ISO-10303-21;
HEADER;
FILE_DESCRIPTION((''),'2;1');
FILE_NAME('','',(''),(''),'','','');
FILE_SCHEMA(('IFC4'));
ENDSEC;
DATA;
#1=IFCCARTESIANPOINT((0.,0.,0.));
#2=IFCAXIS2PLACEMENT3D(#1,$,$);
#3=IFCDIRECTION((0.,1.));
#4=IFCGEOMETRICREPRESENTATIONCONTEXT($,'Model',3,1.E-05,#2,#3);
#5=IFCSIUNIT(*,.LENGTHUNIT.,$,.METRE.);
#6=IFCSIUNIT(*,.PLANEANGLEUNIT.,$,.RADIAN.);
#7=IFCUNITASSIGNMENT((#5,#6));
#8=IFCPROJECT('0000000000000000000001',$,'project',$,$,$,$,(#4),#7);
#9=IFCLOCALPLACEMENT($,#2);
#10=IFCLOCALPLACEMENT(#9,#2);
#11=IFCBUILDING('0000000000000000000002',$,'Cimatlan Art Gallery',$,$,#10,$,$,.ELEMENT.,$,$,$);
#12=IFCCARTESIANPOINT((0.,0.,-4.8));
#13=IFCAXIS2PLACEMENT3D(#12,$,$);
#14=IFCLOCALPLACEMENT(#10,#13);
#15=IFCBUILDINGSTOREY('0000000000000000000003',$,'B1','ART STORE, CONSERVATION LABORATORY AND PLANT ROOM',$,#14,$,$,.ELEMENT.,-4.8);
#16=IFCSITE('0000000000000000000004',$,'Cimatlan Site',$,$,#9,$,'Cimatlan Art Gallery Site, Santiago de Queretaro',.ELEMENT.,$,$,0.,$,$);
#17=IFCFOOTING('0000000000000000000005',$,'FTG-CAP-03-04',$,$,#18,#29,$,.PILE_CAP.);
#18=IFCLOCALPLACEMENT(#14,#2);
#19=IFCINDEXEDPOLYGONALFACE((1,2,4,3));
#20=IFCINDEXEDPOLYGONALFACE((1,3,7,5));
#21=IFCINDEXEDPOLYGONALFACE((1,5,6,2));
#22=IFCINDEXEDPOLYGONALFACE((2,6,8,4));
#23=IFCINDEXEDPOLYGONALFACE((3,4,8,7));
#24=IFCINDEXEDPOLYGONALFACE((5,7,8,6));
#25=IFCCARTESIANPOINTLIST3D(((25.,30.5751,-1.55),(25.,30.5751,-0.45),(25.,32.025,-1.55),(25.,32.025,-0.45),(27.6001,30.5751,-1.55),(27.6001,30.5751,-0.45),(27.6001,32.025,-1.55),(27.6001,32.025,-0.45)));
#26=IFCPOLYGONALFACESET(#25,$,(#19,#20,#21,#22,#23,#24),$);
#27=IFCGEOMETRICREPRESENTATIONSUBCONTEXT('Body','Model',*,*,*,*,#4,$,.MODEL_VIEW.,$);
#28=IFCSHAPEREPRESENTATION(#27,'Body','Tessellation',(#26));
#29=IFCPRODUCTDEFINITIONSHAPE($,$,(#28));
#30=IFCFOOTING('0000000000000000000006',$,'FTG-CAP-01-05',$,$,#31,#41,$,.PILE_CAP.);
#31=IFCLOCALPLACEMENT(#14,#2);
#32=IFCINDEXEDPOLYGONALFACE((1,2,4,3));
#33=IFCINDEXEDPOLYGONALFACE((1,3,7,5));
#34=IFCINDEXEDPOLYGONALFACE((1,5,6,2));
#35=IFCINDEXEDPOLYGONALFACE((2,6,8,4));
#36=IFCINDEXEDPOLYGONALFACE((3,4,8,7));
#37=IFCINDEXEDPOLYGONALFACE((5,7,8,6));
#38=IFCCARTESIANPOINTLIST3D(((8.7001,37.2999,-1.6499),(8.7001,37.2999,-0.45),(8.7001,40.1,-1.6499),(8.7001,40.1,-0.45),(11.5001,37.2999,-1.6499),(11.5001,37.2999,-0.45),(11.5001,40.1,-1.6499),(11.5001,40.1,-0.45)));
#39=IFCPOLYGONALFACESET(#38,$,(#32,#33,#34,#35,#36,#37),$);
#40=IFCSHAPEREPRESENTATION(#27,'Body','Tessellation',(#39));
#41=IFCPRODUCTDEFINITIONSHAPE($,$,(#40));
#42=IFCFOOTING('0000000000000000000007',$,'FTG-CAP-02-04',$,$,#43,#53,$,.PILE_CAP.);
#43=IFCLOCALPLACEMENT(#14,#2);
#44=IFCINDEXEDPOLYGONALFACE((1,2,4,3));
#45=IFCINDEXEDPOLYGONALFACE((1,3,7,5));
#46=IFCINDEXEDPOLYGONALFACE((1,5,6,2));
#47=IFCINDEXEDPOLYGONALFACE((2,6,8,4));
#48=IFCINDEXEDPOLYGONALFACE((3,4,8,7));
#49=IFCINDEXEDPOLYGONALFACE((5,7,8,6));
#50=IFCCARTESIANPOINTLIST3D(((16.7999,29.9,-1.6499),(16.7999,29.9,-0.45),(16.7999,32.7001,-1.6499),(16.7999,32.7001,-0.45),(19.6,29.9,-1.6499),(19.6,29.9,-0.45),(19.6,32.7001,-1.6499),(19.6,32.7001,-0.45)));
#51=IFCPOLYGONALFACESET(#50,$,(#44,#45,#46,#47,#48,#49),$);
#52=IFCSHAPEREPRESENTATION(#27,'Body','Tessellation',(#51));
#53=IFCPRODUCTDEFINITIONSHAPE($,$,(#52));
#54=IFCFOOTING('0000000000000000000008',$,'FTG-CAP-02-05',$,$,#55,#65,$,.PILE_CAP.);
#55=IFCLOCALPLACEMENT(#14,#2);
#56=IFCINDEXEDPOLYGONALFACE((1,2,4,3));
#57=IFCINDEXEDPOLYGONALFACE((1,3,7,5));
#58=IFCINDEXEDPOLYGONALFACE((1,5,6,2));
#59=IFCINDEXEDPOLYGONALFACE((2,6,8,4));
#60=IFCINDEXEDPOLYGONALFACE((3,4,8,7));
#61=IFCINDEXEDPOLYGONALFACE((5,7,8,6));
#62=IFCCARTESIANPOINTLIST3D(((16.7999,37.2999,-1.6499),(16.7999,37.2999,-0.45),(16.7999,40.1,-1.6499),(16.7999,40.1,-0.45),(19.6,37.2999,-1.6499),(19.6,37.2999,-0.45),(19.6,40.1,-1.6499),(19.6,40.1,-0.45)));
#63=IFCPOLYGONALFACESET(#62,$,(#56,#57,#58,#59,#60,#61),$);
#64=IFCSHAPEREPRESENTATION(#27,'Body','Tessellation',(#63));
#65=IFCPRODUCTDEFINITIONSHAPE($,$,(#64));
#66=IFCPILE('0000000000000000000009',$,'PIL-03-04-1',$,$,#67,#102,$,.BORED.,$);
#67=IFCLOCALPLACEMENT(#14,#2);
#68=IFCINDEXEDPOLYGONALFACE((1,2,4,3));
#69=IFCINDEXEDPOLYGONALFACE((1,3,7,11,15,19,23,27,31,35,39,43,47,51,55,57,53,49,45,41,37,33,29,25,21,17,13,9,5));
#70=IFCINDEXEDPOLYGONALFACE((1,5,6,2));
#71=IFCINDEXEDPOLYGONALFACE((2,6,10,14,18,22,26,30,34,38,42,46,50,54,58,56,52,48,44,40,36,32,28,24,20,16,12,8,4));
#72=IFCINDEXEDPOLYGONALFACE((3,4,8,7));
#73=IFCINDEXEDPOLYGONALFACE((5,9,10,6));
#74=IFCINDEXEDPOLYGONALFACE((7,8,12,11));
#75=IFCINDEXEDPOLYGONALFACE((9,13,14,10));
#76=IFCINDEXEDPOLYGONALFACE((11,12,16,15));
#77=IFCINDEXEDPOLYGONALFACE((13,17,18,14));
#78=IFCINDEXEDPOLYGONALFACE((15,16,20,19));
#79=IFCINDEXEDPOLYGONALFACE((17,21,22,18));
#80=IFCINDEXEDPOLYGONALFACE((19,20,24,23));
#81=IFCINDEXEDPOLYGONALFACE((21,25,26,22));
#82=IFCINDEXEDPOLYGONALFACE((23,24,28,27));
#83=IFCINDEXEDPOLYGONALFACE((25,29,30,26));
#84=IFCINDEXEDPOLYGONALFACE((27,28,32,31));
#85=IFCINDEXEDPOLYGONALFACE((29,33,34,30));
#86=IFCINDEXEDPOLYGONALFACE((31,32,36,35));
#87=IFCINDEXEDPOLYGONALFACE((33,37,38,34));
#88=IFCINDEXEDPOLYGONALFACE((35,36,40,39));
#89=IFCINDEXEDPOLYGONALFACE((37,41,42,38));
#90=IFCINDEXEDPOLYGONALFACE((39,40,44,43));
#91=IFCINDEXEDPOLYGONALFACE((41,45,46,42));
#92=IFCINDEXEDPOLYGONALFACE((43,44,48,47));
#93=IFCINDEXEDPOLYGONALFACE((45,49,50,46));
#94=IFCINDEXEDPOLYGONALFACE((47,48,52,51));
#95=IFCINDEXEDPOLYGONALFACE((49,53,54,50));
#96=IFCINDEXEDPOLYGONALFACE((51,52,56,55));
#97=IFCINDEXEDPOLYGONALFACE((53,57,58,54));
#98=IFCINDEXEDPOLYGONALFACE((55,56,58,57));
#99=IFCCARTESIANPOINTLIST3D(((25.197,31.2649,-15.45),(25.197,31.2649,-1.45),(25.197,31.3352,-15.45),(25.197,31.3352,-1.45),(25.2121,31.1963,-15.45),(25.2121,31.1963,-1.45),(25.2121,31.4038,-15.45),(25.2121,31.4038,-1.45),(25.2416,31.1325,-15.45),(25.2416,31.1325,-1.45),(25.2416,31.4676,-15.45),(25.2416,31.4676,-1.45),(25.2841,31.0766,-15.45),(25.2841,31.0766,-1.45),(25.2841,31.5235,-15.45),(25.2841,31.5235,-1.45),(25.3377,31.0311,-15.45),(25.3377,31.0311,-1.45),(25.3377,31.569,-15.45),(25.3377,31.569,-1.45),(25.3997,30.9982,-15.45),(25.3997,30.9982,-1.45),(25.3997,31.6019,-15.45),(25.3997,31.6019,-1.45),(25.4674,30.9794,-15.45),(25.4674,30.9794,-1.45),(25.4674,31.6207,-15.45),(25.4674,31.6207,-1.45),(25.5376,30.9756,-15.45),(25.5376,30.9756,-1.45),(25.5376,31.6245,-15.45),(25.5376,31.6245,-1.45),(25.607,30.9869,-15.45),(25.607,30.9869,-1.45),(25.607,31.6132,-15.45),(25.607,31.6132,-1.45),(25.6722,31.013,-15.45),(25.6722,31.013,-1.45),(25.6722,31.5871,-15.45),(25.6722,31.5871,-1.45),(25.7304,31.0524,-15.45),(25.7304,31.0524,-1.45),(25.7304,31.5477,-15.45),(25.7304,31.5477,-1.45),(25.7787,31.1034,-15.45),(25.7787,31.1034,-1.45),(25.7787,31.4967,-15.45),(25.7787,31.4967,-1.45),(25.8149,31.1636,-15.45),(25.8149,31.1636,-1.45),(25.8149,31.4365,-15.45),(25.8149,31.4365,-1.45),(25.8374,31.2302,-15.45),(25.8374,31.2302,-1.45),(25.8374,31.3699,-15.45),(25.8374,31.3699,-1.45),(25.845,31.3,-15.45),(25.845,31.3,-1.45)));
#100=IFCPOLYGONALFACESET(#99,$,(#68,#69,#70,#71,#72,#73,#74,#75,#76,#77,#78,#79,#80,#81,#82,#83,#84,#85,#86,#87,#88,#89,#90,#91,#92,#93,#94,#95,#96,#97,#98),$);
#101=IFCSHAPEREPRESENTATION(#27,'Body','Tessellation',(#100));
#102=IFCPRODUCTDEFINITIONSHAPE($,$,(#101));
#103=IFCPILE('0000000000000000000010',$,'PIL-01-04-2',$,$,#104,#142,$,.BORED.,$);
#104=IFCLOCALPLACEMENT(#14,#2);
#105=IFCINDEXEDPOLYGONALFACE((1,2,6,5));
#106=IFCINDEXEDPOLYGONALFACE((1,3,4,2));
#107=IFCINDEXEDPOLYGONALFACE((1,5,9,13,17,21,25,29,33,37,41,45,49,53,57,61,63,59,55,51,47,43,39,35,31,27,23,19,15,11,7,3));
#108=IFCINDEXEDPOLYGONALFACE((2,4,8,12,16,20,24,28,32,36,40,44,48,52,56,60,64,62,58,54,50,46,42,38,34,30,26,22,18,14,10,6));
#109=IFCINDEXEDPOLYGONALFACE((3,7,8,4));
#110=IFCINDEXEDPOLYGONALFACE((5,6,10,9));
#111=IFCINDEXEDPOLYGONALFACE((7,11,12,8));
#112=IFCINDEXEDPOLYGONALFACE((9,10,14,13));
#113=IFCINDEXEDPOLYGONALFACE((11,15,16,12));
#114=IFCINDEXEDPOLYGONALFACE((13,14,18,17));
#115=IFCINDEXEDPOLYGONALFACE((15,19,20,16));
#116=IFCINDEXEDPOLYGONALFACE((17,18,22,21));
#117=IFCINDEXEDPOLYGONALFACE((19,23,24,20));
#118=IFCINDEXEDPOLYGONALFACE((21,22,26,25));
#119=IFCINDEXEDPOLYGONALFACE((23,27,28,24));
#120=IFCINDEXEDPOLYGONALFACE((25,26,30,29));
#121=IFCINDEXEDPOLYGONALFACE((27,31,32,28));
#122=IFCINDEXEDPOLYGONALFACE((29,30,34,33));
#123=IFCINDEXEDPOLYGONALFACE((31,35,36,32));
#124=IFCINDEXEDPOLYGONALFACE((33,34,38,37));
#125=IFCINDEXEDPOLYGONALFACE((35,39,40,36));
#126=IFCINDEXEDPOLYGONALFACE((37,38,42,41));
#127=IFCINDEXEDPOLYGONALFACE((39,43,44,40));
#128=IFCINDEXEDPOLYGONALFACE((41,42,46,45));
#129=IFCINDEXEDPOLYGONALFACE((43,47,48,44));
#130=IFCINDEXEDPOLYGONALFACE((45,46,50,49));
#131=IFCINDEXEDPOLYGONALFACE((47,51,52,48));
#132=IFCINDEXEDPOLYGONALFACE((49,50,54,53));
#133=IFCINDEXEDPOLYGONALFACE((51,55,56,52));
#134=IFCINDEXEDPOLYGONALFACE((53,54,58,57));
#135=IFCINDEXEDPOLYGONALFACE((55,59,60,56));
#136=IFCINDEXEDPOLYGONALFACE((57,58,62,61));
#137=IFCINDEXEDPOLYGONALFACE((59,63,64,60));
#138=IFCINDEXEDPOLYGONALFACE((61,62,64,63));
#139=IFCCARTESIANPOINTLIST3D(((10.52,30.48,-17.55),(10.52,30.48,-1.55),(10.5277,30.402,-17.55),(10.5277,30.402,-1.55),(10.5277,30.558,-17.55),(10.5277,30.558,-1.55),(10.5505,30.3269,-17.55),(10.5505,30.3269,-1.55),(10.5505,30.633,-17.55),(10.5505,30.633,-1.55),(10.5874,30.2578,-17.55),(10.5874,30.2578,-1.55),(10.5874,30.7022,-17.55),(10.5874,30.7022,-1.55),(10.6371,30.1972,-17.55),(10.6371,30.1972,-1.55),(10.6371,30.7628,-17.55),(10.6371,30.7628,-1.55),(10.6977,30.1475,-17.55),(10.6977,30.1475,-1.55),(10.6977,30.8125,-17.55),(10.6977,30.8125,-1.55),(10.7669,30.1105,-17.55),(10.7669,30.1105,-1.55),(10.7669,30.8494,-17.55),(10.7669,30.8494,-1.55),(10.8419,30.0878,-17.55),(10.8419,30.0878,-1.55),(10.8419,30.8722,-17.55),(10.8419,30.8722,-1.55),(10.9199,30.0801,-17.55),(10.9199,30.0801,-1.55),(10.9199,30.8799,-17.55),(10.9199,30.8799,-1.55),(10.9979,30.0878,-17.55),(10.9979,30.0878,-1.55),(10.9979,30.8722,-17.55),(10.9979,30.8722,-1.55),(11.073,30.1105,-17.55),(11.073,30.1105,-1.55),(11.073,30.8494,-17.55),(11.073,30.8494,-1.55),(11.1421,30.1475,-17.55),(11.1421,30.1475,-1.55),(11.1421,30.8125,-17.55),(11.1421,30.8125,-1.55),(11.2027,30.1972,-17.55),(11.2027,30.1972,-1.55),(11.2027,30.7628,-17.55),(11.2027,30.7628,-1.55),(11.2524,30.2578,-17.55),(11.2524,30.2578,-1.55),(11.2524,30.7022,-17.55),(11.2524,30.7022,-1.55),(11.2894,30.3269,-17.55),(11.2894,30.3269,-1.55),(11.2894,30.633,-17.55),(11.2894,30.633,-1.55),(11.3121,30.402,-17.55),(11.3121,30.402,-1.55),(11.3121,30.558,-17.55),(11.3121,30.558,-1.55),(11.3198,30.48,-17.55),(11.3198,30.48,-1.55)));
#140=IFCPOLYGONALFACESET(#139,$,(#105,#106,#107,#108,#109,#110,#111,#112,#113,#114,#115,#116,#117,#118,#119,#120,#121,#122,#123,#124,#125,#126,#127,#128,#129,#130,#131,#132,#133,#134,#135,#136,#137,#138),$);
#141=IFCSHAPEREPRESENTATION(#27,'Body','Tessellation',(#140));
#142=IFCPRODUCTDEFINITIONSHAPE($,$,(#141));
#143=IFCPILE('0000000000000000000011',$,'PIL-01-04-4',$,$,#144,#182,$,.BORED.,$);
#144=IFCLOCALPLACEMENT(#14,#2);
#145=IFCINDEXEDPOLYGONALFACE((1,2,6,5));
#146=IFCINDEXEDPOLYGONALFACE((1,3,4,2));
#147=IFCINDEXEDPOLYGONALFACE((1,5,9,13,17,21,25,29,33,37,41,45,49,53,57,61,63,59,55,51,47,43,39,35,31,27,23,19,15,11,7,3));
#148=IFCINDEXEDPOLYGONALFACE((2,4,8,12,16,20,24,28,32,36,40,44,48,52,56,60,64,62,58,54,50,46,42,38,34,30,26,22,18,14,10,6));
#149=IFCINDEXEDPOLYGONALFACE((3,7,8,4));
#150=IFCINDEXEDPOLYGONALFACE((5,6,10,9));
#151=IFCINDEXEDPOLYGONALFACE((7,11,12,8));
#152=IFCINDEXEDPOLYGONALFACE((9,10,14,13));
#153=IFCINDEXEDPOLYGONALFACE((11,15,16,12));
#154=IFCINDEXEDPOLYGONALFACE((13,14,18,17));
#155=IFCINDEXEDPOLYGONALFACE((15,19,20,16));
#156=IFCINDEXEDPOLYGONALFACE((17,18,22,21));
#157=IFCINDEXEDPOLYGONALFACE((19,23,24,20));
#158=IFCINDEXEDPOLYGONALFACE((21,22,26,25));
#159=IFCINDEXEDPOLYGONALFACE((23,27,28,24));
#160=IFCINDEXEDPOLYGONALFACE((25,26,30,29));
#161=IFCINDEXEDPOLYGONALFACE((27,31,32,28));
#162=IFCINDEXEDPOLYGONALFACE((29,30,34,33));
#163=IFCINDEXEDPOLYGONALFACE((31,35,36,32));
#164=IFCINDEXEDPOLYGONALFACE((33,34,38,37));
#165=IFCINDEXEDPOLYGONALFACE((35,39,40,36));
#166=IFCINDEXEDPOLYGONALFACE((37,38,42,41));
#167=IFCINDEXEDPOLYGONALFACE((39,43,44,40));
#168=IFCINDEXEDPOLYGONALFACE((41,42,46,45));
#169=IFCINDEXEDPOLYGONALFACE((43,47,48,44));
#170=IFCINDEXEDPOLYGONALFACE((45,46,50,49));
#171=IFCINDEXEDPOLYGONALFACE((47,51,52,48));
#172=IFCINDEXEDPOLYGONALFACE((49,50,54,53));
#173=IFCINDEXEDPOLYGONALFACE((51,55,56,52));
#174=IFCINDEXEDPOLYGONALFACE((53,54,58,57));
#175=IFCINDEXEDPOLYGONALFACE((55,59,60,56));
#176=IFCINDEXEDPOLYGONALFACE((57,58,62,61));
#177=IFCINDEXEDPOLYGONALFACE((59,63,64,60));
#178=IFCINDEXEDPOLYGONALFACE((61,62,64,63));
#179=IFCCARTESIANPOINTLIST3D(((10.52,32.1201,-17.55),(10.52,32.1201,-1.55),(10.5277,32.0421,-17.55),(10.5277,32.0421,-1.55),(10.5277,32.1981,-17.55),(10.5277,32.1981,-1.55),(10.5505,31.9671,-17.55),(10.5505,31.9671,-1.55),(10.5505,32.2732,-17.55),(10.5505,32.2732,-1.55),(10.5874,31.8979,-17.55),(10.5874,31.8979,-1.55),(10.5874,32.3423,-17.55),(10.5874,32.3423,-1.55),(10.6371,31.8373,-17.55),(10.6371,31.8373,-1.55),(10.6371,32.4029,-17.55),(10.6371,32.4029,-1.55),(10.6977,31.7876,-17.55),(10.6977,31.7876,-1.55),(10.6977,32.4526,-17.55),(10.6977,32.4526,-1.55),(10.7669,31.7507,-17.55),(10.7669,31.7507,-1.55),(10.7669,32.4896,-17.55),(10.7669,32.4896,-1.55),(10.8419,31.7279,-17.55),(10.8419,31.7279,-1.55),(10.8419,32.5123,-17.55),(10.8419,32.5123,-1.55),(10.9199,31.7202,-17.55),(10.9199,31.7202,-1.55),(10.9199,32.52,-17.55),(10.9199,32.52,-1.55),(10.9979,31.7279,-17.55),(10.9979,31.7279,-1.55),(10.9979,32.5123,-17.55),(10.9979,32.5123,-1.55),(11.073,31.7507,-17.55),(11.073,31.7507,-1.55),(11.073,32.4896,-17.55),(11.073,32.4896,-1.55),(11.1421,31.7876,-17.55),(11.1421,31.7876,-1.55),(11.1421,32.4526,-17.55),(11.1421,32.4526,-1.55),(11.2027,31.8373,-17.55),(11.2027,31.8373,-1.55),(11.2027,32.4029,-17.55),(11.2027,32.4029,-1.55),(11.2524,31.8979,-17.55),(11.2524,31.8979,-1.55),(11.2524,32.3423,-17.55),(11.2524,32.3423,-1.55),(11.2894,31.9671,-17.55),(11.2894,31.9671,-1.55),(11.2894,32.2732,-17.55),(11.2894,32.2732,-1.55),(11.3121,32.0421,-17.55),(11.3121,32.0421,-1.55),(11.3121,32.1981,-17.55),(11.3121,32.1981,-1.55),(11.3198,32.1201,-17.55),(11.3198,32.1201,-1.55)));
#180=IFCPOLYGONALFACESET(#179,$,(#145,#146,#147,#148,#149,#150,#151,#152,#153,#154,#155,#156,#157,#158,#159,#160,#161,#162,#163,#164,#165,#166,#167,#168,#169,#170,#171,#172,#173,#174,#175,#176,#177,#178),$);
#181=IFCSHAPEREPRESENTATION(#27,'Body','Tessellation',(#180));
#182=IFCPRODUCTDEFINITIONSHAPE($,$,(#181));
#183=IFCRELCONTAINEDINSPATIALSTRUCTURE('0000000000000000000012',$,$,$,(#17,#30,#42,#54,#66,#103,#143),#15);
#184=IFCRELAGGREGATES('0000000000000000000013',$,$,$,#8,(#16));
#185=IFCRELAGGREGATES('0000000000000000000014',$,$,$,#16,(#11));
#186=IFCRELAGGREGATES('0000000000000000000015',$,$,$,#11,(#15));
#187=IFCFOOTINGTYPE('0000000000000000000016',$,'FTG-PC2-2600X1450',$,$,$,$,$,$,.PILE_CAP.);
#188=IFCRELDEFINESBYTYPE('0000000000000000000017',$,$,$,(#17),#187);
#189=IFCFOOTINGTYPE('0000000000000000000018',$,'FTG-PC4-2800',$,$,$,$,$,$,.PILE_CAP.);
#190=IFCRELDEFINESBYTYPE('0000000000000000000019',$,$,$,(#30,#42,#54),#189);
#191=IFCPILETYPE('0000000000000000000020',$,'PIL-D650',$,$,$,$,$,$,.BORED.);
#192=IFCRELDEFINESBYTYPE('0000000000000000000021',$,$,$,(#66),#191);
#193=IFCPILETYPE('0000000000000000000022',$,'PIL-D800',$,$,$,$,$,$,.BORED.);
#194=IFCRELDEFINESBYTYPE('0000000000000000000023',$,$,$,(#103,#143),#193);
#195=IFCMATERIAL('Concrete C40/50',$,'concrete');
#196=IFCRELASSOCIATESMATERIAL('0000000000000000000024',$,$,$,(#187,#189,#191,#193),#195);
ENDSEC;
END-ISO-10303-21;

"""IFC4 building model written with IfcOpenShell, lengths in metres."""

from ifc_helpers import new_model, si_unit, direction, frame, origin, origin_2d, place, context, subcontext, project, spatial, rectangle, circle, extrude, material, type_object, element, save


model = new_model("IFC4")

# Units and contexts
model_context = context("Model", 3, precision=1e-05, world=origin(), true_north=direction((0.0, 1.0)))
body_context = subcontext(model_context, "Body", "Model", "MODEL_VIEW")
ifc_project = project(units=[si_unit("LENGTHUNIT", "METRE"), si_unit("PLANEANGLEUNIT", "RADIAN")], contexts=[model_context])

# Site, building, storey
site_placement = place(None, origin())
site = spatial("IfcSite", under=ifc_project, at=site_placement, Name="Cimatlan Site", LongName="Cimatlan Art Gallery Site, Santiago de Queretaro", CompositionType="ELEMENT", RefElevation=0.0)
building_placement = place(site_placement, origin())
building = spatial("IfcBuilding", under=site, at=building_placement, Name="Cimatlan Art Gallery", CompositionType="ELEMENT")
storey_placement = place(building_placement, frame((0.0, 0.0, -4.8)))
storey = spatial("IfcBuildingStorey", under=building, at=storey_placement, Name="B1", Description="ART STORE, CONSERVATION LABORATORY AND PLANT ROOM", CompositionType="ELEMENT", Elevation=-4.8)

# Footings
ifc_material_1 = material(Name="Concrete C40/50", Category="concrete")
footing_type_1 = type_object("IfcFootingType", Name="FTG-PC2-2600X1450", PredefinedType="PILE_CAP", material=ifc_material_1)
footing_placement = place(storey_placement, frame((26.3, 31.3, -1.55), z_axis=(0.0, 0.0, 1.0), x_axis=(1.0, 0.0, 0.0)))
element("IfcFooting", 1, at=footing_placement, inside=storey, type_object=footing_type_1, Name="FTG-CAP-03-04", PredefinedType="PILE_CAP", context=body_context, shape_type="SweptSolid", body=[
    extrude(rectangle(XDim=2.6001, YDim=1.45, at=origin_2d()), origin(), (0.0, 0.0, 1.0), 1.1001),
])
footing_type_2 = type_object("IfcFootingType", Name="FTG-PC4-2800", PredefinedType="PILE_CAP", material=ifc_material_1)
for number, where, z_axis, x_axis, name in (
    (2, (10.1001, 38.7, -1.6499), (0.0, 0.0, 1.0), (1.0, 0.0, 0.0), "FTG-CAP-01-05"),
    (3, (18.2, 31.3, -1.6499), (0.0, 0.0, 1.0), (1.0, 0.0, 0.0), "FTG-CAP-02-04"),
    (4, (18.2, 38.7, -1.6499), (0.0, 0.0, 1.0), (1.0, 0.0, 0.0), "FTG-CAP-02-05"),
):
    element("IfcFooting", number, at=place(storey_placement, frame(where, z_axis=z_axis, x_axis=x_axis)), inside=storey, type_object=footing_type_2, Name=name, PredefinedType="PILE_CAP", context=body_context, shape_type="SweptSolid", body=[
        extrude(rectangle(XDim=2.8, YDim=2.8, at=origin_2d()), origin(), (0.0, 0.0, 1.0), 1.2),
    ])

# Piles
pile_type_1 = type_object("IfcPileType", Name="PIL-D650", PredefinedType="BORED", material=ifc_material_1)
pile_placement = place(storey_placement, frame((25.52, 31.3, -1.45), z_axis=(0.0, 0.0, -1.0), x_axis=(1.0, 0.0, 0.0)))
element("IfcPile", 5, at=pile_placement, inside=storey, type_object=pile_type_1, Name="PIL-03-04-1", PredefinedType="BORED", context=body_context, shape_type="SweptSolid", body=[
    extrude(circle(Radius=0.325, at=origin_2d()), origin(), (0.0, 0.0, 1.0), 14.0),
])
pile_type_2 = type_object("IfcPileType", Name="PIL-D800", PredefinedType="BORED", material=ifc_material_1)
for number, where, z_axis, x_axis, name in (
    (6, (10.9199, 30.48, -1.55), (0.0, 0.0, -1.0), (1.0, 0.0, 0.0), "PIL-01-04-2"),
    (7, (10.9199, 32.1201, -1.55), (0.0, 0.0, -1.0), (1.0, 0.0, 0.0), "PIL-01-04-4"),
):
    element("IfcPile", number, at=place(storey_placement, frame(where, z_axis=z_axis, x_axis=x_axis)), inside=storey, type_object=pile_type_2, Name=name, PredefinedType="BORED", context=body_context, shape_type="SweptSolid", body=[
        extrude(circle(Radius=0.3999, at=origin_2d()), origin(), (0.0, 0.0, 1.0), 16.0),
    ])

save(model, "model.ifc")
